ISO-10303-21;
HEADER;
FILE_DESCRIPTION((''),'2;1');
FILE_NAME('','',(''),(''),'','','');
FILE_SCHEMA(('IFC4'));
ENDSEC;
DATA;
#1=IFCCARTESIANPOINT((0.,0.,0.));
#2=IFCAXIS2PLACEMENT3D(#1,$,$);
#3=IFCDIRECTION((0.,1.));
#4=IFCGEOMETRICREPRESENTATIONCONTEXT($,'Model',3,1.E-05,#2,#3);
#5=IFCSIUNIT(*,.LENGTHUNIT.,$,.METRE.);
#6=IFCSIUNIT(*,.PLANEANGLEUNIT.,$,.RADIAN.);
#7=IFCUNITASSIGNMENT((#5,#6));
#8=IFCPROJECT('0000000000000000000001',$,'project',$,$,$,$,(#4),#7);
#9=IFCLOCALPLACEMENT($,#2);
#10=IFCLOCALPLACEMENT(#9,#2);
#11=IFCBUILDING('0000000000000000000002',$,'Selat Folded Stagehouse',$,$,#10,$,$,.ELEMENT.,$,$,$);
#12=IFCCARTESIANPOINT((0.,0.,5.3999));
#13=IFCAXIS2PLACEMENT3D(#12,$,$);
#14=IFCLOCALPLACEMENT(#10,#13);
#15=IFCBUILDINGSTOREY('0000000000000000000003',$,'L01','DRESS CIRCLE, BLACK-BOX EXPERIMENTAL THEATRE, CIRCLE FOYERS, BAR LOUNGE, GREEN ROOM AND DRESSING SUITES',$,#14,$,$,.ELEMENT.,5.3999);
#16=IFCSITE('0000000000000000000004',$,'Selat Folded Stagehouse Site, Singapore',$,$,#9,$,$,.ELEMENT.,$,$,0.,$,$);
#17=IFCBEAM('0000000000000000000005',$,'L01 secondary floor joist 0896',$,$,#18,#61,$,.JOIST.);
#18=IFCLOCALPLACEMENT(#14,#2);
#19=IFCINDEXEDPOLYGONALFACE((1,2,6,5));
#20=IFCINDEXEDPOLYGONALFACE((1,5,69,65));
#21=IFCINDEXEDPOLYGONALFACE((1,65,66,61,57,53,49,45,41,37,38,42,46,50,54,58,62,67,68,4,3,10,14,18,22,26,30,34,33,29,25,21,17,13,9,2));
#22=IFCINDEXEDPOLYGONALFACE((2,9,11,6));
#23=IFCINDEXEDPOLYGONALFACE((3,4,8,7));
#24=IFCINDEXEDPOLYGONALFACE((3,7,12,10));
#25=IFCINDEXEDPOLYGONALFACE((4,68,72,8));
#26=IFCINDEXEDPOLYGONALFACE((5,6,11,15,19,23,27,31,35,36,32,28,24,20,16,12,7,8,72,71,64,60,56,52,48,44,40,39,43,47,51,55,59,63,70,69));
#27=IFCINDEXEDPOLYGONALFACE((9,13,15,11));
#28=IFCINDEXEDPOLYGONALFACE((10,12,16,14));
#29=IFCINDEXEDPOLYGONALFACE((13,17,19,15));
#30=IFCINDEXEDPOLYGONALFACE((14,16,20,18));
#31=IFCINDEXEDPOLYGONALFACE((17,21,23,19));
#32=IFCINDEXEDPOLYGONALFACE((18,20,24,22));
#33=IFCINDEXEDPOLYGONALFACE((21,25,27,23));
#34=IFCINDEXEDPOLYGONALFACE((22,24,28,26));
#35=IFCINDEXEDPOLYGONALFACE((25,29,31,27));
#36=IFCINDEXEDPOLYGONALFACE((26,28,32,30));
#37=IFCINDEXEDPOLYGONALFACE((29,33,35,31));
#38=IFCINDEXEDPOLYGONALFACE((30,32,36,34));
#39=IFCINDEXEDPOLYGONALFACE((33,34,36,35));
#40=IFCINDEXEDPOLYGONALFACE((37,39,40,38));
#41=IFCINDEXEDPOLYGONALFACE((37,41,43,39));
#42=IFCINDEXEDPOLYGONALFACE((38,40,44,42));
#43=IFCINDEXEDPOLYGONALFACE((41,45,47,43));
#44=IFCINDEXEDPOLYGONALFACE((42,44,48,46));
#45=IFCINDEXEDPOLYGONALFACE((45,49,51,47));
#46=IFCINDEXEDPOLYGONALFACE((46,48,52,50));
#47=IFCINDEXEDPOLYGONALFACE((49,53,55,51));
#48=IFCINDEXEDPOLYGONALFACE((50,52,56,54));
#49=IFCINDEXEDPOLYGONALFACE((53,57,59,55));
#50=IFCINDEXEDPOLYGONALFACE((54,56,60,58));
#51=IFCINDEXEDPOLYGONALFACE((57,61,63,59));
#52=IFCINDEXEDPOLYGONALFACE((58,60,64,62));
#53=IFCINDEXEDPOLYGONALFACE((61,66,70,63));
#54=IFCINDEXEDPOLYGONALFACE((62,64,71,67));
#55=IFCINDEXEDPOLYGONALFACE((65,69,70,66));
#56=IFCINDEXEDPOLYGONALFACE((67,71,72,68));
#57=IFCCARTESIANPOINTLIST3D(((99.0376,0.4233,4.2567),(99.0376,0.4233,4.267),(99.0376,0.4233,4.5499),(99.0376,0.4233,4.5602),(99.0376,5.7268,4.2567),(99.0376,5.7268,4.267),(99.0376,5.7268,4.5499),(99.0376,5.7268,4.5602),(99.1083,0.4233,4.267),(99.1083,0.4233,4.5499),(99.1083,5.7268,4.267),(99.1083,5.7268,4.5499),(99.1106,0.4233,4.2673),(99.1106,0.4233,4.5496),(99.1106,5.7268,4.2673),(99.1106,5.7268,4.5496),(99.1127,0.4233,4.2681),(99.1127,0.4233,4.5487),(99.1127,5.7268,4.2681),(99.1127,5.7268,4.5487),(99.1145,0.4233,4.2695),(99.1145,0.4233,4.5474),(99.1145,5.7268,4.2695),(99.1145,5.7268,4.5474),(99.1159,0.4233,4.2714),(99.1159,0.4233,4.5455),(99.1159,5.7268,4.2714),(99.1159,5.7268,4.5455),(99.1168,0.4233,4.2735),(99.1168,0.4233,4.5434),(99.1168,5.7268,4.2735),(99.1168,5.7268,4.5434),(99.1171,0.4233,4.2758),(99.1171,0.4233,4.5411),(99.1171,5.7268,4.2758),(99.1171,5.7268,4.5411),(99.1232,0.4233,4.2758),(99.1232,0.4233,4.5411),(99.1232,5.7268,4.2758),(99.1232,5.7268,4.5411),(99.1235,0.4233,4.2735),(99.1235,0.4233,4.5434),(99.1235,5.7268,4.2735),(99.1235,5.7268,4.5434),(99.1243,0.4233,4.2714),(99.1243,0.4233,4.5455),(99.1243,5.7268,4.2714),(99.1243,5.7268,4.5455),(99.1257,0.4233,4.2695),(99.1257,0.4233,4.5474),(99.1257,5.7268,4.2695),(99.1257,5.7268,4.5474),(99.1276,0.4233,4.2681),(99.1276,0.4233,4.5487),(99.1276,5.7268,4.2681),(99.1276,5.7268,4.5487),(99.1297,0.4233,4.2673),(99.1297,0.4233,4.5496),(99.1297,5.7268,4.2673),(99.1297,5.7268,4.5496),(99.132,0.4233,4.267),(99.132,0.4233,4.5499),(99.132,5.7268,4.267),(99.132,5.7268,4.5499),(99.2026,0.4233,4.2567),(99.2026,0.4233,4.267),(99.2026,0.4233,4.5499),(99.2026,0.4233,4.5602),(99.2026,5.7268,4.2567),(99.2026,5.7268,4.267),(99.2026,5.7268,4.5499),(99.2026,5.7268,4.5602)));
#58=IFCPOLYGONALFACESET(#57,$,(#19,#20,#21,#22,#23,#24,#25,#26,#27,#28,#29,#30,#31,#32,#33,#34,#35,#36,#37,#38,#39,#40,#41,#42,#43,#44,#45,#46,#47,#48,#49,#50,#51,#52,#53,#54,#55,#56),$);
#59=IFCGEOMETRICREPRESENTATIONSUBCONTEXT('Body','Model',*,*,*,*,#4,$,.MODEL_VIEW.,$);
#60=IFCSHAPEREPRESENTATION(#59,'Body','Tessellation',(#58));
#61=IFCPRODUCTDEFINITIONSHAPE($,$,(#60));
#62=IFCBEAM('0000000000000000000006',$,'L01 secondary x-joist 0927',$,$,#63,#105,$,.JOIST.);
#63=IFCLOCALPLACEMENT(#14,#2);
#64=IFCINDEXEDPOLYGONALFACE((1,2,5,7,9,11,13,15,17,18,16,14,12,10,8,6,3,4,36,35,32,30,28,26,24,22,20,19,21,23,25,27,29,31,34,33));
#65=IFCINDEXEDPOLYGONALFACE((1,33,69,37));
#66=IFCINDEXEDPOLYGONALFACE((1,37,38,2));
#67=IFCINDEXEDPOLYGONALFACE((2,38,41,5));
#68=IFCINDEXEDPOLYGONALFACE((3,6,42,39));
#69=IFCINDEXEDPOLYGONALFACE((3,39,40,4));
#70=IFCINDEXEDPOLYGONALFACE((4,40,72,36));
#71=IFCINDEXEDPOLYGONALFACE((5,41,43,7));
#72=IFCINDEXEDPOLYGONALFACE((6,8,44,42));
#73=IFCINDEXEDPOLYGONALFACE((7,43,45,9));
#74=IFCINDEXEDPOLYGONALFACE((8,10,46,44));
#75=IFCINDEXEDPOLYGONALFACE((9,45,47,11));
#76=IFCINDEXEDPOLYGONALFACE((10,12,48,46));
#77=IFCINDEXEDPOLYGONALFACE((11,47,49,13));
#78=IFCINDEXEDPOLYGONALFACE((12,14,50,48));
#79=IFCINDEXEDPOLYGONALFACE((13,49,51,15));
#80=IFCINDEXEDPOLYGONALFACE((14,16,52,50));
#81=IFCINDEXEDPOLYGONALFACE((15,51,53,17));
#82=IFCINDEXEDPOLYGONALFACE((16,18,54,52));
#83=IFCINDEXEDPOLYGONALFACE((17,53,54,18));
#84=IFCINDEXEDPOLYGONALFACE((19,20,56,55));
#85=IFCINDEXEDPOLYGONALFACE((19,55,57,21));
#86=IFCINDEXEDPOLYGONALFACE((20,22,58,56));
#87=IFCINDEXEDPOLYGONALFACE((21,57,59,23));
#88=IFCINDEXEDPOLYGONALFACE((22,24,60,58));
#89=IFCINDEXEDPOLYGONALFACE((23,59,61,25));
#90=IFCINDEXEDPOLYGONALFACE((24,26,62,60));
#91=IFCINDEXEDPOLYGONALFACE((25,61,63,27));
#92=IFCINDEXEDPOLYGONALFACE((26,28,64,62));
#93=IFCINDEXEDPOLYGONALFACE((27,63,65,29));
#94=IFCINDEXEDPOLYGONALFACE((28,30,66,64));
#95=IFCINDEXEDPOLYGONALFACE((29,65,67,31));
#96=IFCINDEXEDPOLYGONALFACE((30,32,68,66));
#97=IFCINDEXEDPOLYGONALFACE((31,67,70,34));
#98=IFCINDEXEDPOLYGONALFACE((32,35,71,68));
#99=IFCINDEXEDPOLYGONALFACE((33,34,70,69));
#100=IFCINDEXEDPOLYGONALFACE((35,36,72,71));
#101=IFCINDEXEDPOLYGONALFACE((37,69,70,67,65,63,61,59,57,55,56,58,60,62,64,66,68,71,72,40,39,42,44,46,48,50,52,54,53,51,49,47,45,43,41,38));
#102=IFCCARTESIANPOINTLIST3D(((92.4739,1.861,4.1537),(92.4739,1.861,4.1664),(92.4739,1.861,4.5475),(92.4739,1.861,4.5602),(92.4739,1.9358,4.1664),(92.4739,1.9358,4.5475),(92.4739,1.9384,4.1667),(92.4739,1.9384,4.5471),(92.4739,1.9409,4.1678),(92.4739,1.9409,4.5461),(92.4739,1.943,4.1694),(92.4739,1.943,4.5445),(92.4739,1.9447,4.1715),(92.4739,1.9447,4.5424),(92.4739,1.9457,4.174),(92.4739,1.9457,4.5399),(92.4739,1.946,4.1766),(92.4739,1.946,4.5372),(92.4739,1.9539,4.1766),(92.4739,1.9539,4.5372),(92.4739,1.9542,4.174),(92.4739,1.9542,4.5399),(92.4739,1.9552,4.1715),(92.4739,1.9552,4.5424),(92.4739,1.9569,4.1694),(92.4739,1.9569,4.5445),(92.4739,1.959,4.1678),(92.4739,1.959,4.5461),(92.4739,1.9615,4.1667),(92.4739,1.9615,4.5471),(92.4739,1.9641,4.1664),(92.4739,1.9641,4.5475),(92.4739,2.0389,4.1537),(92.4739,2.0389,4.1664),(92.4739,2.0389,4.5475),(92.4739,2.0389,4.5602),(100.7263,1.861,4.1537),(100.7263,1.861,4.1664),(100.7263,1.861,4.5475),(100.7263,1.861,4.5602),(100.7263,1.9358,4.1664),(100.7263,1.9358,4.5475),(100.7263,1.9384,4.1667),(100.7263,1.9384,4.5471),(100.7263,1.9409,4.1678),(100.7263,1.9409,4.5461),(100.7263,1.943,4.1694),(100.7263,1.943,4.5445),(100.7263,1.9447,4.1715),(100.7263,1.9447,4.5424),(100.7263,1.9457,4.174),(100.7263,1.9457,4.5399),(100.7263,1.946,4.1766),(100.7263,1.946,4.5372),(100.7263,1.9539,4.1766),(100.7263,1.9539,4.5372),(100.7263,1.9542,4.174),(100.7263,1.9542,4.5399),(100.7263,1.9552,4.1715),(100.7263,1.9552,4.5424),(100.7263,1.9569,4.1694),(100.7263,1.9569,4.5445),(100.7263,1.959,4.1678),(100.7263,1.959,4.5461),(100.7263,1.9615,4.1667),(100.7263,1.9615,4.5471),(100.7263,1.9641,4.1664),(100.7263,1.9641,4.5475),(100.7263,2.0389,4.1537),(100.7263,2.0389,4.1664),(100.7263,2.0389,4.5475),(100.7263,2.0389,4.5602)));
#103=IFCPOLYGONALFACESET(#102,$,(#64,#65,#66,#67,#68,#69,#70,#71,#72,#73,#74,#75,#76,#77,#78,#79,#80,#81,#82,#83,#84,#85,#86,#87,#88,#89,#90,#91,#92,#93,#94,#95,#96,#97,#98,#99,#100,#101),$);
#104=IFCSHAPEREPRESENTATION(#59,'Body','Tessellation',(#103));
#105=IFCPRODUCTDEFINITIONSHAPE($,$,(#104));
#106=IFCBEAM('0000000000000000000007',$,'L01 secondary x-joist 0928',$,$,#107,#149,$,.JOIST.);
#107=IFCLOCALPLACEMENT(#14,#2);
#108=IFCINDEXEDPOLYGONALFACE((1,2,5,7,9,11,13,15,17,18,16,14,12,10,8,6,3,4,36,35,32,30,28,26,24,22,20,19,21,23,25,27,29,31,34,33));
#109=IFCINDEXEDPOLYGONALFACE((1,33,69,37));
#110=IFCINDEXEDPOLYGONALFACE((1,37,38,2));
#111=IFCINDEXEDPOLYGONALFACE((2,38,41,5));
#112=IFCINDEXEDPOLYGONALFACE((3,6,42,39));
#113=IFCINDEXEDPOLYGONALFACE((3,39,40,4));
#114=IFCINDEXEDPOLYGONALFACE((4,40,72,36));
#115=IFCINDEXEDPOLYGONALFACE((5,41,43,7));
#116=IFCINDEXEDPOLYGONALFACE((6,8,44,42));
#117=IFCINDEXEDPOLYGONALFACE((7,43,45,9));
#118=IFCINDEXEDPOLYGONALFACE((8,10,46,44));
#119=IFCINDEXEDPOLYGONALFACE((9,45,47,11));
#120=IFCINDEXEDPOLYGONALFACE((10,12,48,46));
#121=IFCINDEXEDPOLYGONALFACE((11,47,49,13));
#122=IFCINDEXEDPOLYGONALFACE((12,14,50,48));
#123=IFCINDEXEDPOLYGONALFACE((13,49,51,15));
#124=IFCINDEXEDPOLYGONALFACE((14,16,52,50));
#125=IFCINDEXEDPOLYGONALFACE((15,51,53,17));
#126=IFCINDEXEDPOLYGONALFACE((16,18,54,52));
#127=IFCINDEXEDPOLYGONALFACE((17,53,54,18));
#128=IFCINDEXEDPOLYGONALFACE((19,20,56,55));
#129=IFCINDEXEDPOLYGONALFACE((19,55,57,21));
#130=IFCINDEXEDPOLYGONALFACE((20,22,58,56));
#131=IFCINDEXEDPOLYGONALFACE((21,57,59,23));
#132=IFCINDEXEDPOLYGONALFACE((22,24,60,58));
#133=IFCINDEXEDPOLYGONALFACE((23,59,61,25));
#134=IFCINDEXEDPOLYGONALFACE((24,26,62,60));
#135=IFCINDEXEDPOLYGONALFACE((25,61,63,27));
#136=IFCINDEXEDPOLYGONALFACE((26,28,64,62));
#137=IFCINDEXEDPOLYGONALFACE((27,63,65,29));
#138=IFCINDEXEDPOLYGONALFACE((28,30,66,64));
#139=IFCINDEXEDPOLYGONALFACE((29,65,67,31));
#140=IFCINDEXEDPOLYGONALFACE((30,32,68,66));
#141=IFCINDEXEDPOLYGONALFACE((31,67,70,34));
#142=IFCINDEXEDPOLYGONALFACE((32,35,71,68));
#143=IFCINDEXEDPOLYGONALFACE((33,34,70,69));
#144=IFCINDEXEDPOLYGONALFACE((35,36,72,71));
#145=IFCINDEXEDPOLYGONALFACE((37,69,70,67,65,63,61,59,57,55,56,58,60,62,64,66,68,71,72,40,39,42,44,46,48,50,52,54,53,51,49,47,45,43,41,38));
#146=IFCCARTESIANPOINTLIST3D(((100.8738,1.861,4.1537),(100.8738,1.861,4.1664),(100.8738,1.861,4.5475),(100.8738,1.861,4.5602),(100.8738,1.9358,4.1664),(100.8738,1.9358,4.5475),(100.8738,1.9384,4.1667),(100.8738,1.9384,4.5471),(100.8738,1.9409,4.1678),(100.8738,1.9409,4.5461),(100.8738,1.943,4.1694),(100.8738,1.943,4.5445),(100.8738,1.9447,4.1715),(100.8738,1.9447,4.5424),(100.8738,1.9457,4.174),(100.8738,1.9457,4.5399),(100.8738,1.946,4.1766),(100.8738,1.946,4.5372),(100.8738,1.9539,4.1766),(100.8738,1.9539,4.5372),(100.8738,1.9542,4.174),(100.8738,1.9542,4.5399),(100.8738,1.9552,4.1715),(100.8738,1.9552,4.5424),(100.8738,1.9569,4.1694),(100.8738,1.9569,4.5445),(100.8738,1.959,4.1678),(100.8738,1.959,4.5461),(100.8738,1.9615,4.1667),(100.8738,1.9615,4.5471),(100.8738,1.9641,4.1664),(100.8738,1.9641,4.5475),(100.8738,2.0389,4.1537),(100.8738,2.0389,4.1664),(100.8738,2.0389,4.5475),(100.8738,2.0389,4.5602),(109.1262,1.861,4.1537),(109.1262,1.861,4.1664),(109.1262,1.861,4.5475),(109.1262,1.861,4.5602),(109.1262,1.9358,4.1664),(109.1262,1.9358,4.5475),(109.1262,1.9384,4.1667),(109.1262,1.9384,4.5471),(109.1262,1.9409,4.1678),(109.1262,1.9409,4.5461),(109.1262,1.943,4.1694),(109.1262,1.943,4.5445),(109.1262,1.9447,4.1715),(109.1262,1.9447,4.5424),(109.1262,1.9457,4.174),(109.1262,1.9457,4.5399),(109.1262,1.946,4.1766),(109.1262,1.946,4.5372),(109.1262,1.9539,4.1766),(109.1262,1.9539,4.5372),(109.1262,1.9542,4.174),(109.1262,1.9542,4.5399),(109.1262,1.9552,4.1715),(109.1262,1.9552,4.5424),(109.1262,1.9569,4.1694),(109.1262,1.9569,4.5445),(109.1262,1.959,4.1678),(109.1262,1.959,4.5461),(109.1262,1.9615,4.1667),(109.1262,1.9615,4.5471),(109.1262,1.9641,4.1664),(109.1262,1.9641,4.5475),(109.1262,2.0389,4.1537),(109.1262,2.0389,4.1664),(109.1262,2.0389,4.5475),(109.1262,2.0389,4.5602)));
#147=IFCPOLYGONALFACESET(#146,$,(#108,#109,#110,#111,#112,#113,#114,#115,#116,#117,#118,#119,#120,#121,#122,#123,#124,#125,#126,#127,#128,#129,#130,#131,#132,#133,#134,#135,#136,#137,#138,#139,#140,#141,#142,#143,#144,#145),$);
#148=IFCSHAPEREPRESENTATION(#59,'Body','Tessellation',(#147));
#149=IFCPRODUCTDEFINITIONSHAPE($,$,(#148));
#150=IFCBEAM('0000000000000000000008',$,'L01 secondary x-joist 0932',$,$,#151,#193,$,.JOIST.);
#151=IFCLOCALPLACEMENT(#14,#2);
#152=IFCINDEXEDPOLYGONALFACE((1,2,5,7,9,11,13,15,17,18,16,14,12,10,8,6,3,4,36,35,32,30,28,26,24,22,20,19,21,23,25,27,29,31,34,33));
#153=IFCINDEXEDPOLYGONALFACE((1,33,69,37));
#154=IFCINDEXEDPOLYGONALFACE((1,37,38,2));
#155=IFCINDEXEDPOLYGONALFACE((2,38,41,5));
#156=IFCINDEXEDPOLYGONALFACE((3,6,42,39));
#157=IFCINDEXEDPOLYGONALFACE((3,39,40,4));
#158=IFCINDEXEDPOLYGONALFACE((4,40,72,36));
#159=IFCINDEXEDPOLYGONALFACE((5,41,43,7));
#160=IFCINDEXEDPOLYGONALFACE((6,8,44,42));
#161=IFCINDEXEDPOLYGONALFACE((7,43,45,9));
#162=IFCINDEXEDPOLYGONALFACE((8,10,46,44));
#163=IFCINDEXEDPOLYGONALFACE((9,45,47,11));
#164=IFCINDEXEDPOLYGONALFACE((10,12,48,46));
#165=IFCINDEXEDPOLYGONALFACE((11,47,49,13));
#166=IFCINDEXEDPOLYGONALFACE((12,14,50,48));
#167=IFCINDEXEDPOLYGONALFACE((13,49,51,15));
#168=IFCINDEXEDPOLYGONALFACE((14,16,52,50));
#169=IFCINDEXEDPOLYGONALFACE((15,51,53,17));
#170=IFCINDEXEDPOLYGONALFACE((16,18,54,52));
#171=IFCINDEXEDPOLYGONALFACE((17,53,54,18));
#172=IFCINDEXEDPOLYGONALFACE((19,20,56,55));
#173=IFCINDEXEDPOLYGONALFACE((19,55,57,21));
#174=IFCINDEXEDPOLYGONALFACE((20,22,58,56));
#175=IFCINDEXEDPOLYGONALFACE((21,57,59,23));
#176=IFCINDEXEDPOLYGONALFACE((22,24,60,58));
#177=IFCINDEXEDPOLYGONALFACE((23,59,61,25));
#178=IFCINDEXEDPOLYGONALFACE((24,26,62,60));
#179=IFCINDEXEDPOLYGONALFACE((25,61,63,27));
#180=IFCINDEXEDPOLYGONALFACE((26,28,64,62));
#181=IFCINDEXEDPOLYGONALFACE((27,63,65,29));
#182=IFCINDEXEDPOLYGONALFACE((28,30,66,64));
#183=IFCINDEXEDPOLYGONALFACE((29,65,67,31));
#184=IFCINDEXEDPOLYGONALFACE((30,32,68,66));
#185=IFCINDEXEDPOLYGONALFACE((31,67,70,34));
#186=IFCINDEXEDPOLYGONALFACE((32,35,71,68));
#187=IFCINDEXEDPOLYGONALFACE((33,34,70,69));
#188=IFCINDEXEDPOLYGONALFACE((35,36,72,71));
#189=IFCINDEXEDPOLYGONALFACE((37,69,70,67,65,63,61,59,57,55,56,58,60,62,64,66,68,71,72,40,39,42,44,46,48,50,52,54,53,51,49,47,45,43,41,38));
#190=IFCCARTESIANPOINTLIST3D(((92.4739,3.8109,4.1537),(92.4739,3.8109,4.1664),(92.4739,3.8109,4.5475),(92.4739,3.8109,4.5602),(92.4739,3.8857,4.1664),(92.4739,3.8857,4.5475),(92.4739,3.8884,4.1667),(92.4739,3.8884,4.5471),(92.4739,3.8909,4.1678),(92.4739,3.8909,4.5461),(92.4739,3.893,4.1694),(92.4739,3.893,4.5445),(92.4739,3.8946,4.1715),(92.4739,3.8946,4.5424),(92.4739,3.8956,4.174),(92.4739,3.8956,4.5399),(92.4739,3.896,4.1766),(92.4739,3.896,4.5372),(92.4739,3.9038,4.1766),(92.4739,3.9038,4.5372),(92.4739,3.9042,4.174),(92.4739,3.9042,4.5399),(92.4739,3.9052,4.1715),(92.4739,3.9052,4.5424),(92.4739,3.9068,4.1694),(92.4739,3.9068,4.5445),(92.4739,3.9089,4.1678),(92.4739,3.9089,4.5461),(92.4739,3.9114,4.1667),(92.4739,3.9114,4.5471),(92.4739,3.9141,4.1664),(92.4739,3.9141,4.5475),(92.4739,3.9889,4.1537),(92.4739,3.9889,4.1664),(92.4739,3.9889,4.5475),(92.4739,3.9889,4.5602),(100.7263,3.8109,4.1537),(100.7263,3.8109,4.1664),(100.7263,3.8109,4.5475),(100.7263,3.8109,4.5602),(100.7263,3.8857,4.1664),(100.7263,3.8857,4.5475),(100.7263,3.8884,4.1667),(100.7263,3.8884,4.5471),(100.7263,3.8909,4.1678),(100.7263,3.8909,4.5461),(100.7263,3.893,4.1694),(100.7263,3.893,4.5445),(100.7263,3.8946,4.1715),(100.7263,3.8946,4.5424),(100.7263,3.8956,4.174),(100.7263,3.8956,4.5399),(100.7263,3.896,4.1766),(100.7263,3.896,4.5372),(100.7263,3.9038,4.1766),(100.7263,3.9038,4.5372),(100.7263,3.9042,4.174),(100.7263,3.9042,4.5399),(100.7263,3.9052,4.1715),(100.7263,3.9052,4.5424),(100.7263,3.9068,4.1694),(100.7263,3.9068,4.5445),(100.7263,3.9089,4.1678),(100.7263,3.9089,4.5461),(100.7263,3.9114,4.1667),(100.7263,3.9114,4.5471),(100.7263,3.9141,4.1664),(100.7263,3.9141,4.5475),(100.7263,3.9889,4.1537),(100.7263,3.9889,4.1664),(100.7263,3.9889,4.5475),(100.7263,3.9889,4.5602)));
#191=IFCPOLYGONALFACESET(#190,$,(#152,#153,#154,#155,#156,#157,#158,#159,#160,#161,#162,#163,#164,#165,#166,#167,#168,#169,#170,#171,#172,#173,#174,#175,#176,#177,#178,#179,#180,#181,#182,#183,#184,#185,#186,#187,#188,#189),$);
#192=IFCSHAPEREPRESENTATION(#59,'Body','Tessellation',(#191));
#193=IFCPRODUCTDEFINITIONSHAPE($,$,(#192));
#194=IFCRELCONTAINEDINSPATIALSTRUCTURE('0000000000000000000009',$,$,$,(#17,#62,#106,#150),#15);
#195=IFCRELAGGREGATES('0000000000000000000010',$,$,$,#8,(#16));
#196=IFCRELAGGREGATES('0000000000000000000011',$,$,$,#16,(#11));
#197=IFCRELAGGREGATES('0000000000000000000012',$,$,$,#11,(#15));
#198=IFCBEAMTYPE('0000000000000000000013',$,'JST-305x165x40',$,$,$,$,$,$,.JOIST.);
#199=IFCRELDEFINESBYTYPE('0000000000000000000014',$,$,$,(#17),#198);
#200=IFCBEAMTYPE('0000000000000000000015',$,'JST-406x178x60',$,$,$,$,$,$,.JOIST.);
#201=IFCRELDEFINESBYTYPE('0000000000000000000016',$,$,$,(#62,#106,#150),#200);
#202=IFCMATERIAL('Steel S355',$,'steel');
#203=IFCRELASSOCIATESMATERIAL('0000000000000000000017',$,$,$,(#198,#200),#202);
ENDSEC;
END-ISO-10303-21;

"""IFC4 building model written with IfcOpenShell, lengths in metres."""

from ifc_helpers import new_model, si_unit, direction, frame, origin, origin_2d, place, context, subcontext, project, spatial, i_section, extrude, material, material_profile, profile_set, type_object, element, save


model = new_model("IFC4")

# Units and contexts
model_context = context("Model", 3, precision=1e-05, world=origin(), true_north=direction((0.0, 1.0)))
body_context = subcontext(model_context, "Body", "Model", "MODEL_VIEW")
ifc_project = project(units=[si_unit("LENGTHUNIT", "METRE"), si_unit("PLANEANGLEUNIT", "RADIAN")], contexts=[model_context])

# Site, building, storey
site_placement = place(None, origin())
site = spatial("IfcSite", under=ifc_project, at=site_placement, Name="Selat Folded Stagehouse Site, Singapore", CompositionType="ELEMENT", RefElevation=0.0)
building_placement = place(site_placement, origin())
building = spatial("IfcBuilding", under=site, at=building_placement, Name="Selat Folded Stagehouse", CompositionType="ELEMENT")
storey_placement = place(building_placement, frame((0.0, 0.0, 5.3999)))
storey = spatial("IfcBuildingStorey", under=building, at=storey_placement, Name="L01", Description="DRESS CIRCLE, BLACK-BOX EXPERIMENTAL THEATRE, CIRCLE FOYERS, BAR LOUNGE, GREEN ROOM AND DRESSING SUITES", CompositionType="ELEMENT", Elevation=5.3999)

# Shared definitions
ifc_material = material(Name="Steel S355", Category="steel")

# Beams
ifc_material_profile_1 = material_profile(ifc_material, i_section(OverallWidth=0.165, OverallDepth=0.3035, WebThickness=0.0061, FlangeThickness=0.0103, FilletRadius=0.0088, at=origin_2d()), Name="UKB 305x165x40")
ifc_profile_set_1 = profile_set([ifc_material_profile_1], Name="Steel S355")
beam_type_1 = type_object("IfcBeamType", Name="JST-305x165x40", PredefinedType="JOIST", material=ifc_profile_set_1)
for number, where, z_axis, x_axis, name in (
    (1, (99.1201, 0.4233, 4.4084), (0.0, 1.0, 0.0), (-1.0, 0.0, 0.0), "L01 secondary floor joist 0896"),
):
    element("IfcBeam", number, at=place(storey_placement, frame(where, z_axis=z_axis, x_axis=x_axis)), inside=storey, type_object=beam_type_1, Name=name, PredefinedType="JOIST", context=body_context, shape_type="SweptSolid", body=[
        extrude(i_section(OverallWidth=0.165, OverallDepth=0.3035, WebThickness=0.0061, FlangeThickness=0.0103, FilletRadius=0.0088, at=origin_2d()), origin(), (0.0, 0.0, 1.0), 5.3035),
    ])
ifc_material_profile_2 = material_profile(ifc_material, i_section(OverallWidth=0.178, OverallDepth=0.4065, WebThickness=0.0078, FlangeThickness=0.0127, FilletRadius=0.0103, at=origin_2d()), Name="UKB 406x178x60")
ifc_profile_set_2 = profile_set([ifc_material_profile_2], Name="Steel S355")
beam_type_2 = type_object("IfcBeamType", Name="JST-406x178x60", PredefinedType="JOIST", material=ifc_profile_set_2)
for number, where, z_axis, x_axis, name in (
    (2, (92.4739, 1.95, 4.3569), (1.0, 0.0, 0.0), (0.0, 1.0, 0.0), "L01 secondary x-joist 0927"),
    (3, (100.8738, 1.95, 4.3569), (1.0, 0.0, 0.0), (0.0, 1.0, 0.0), "L01 secondary x-joist 0928"),
    (4, (92.4739, 3.8999, 4.3569), (1.0, 0.0, 0.0), (0.0, 1.0, 0.0), "L01 secondary x-joist 0932"),
):
    element("IfcBeam", number, at=place(storey_placement, frame(where, z_axis=z_axis, x_axis=x_axis)), inside=storey, type_object=beam_type_2, Name=name, PredefinedType="JOIST", context=body_context, shape_type="SweptSolid", body=[
        extrude(i_section(OverallWidth=0.178, OverallDepth=0.4065, WebThickness=0.0078, FlangeThickness=0.0127, FilletRadius=0.0103, at=origin_2d()), origin(), (0.0, 0.0, 1.0), 8.2524),
    ])

save(model, "model.ifc")
